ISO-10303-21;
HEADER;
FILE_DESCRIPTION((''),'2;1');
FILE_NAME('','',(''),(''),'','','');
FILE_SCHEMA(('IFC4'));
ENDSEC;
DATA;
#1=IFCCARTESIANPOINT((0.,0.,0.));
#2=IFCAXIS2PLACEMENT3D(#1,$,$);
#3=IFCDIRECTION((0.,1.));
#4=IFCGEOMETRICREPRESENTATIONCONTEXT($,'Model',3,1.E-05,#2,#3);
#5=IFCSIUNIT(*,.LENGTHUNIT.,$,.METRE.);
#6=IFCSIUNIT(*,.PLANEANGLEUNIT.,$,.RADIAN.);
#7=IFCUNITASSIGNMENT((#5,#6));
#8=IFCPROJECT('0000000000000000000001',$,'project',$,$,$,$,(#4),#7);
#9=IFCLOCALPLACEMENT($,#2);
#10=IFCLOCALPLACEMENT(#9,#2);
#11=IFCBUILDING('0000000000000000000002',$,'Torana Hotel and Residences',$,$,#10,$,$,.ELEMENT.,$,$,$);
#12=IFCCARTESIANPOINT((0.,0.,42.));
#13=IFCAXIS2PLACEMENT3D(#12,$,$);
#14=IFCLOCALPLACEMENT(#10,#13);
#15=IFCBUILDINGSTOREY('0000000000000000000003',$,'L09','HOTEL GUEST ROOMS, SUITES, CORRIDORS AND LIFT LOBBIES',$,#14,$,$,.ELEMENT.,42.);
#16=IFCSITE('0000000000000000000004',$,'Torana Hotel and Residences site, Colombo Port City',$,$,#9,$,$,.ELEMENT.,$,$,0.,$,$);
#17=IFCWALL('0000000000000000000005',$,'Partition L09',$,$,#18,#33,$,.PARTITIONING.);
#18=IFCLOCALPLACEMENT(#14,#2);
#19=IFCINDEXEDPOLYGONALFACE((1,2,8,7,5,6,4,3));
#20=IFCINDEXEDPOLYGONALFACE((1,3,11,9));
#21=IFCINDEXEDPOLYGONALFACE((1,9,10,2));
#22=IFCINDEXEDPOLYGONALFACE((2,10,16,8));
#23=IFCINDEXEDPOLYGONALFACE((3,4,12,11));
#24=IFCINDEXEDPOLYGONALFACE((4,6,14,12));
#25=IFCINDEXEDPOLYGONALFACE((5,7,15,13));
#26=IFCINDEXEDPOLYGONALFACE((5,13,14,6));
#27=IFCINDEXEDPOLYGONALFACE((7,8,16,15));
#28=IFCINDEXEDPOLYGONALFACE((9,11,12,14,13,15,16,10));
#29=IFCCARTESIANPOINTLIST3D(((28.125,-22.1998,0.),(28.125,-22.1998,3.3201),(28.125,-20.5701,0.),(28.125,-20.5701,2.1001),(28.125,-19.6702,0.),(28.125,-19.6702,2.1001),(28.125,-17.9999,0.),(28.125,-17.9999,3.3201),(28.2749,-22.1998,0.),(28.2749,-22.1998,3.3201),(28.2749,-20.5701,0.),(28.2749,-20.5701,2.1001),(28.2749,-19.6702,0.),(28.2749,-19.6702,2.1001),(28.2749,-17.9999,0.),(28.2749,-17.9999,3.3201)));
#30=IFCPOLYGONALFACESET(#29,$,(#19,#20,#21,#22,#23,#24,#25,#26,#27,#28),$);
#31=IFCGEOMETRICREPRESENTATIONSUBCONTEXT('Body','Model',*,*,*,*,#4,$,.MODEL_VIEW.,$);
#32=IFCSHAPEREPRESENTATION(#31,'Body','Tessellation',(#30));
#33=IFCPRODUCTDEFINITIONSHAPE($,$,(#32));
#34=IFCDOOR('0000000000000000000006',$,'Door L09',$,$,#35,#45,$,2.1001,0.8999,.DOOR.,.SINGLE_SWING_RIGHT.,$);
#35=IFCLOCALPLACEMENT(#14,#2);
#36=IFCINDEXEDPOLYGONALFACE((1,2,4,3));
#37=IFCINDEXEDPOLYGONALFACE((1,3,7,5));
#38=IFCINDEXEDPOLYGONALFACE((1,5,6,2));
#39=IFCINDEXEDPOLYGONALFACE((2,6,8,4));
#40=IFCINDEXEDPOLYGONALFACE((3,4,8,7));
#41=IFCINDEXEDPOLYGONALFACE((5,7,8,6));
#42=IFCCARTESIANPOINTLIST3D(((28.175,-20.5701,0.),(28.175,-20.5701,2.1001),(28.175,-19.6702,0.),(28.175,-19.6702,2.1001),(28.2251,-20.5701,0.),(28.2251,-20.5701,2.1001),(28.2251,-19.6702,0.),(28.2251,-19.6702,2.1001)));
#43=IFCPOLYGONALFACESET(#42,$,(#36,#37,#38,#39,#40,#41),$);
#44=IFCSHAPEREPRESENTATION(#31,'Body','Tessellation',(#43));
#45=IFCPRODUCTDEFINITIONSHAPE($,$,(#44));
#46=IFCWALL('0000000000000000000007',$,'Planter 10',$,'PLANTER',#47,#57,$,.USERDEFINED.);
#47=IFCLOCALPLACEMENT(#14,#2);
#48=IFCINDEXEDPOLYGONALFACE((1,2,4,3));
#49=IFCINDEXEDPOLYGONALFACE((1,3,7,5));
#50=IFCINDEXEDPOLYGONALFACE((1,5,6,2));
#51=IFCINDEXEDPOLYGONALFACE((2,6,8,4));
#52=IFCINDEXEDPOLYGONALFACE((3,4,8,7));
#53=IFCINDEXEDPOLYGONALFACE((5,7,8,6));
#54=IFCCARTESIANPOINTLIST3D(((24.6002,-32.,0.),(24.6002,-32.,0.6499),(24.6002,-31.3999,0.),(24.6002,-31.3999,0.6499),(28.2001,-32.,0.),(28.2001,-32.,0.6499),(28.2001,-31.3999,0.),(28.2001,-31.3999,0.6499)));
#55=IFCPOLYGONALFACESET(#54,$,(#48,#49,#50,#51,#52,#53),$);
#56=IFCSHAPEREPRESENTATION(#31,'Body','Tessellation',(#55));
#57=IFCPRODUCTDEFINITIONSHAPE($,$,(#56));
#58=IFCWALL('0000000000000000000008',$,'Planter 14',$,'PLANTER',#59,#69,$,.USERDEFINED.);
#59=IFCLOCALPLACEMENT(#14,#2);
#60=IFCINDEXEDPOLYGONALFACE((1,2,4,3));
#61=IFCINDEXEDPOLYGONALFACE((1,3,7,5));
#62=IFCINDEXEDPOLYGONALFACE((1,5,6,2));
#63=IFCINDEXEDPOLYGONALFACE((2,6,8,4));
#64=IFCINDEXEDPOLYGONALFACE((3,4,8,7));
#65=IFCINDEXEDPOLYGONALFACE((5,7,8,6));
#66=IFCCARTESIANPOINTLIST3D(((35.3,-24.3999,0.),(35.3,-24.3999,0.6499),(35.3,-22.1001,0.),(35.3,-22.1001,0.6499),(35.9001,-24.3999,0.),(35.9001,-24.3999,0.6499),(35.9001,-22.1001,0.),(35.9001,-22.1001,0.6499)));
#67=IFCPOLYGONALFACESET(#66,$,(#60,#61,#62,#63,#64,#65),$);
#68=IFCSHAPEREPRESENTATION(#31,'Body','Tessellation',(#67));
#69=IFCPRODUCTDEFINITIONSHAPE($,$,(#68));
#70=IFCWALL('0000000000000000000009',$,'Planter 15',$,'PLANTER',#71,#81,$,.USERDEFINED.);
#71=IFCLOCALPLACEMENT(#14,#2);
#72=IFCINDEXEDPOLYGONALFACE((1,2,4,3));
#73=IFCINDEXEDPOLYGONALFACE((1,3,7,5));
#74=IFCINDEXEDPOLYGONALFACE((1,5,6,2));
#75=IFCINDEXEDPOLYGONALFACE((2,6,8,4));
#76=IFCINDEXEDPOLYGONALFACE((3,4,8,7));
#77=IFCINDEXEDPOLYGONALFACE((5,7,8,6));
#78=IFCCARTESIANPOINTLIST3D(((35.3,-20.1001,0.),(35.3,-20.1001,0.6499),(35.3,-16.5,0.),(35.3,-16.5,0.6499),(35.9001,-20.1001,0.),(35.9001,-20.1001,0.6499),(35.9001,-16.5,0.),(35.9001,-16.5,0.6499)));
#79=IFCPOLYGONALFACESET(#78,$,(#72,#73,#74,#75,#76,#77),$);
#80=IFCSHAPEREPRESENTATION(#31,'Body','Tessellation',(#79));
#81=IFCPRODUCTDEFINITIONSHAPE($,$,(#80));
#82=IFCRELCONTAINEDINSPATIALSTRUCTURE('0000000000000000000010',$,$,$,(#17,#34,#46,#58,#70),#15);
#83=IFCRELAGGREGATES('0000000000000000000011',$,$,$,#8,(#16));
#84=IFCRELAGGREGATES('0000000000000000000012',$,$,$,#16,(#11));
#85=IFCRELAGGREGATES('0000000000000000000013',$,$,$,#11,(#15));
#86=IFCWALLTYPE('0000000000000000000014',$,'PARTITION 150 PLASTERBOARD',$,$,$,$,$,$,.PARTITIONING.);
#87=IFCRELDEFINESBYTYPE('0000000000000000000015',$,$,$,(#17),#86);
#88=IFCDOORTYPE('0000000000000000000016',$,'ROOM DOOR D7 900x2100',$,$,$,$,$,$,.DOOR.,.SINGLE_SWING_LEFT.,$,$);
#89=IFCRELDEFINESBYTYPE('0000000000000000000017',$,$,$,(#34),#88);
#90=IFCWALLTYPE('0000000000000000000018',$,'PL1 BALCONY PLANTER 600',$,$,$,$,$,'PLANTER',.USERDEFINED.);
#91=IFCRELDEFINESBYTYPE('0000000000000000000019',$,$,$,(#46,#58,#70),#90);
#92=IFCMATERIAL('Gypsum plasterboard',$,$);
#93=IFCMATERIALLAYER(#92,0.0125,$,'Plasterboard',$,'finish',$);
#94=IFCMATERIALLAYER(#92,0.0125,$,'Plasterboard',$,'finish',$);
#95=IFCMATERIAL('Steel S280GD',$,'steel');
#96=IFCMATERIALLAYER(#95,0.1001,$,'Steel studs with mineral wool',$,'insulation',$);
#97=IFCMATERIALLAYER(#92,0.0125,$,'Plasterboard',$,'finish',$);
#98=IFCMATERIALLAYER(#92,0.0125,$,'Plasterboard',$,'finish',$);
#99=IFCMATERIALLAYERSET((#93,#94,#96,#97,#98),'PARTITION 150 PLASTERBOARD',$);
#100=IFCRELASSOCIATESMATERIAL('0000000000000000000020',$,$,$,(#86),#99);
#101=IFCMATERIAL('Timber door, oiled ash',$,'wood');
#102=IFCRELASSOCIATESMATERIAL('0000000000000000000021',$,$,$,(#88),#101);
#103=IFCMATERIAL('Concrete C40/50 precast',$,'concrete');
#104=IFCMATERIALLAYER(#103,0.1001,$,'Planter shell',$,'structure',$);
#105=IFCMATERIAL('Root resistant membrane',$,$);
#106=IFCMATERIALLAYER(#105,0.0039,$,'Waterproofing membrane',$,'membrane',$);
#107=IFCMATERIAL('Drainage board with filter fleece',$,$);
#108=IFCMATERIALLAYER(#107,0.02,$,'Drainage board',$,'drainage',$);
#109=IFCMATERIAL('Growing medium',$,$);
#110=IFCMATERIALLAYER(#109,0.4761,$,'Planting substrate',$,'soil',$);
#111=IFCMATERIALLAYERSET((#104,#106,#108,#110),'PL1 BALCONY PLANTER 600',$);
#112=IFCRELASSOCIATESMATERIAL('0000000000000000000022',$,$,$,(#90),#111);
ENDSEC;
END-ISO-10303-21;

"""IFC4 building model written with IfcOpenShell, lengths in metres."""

from ifc_helpers import new_model, si_unit, direction, frame, frame_2d, origin, place, context, subcontext, project, spatial, rectangle, extrude, material, layer, layer_set, type_object, element, fill, save


model = new_model("IFC4")

# Units and contexts
model_context = context("Model", 3, precision=1e-05, world=origin(), true_north=direction((0.0, 1.0)))
body_context = subcontext(model_context, "Body", "Model", "MODEL_VIEW")
ifc_project = project(units=[si_unit("LENGTHUNIT", "METRE"), si_unit("PLANEANGLEUNIT", "RADIAN")], contexts=[model_context])

# Site, building, storey
site_placement = place(None, origin())
site = spatial("IfcSite", under=ifc_project, at=site_placement, Name="Torana Hotel and Residences site, Colombo Port City", CompositionType="ELEMENT", RefElevation=0.0)
building_placement = place(site_placement, origin())
building = spatial("IfcBuilding", under=site, at=building_placement, Name="Torana Hotel and Residences", CompositionType="ELEMENT")
storey_placement = place(building_placement, frame((0.0, 0.0, 42.0)))
storey = spatial("IfcBuildingStorey", under=building, at=storey_placement, Name="L09", Description="HOTEL GUEST ROOMS, SUITES, CORRIDORS AND LIFT LOBBIES", CompositionType="ELEMENT", Elevation=42.0)

# Shared definitions
ifc_material_1 = material(Name="Steel S280GD", Category="steel")

# Wall, opening, door
ifc_material_2 = material(Name="Gypsum plasterboard")
ifc_layer_1 = layer(ifc_material_2, 0.0125, Name="Plasterboard", Category="finish")
ifc_layer_2 = layer(ifc_material_2, 0.0125, Name="Plasterboard", Category="finish")
ifc_layer_3 = layer(ifc_material_1, 0.1001, Name="Steel studs with mineral wool", Category="insulation")
ifc_layer_4 = layer(ifc_material_2, 0.0125, Name="Plasterboard", Category="finish")
ifc_layer_5 = layer(ifc_material_2, 0.0125, Name="Plasterboard", Category="finish")
ifc_layer_set_1 = layer_set([ifc_layer_1, ifc_layer_2, ifc_layer_3, ifc_layer_4, ifc_layer_5], Name="PARTITION 150 PLASTERBOARD")
wall_type_1 = type_object("IfcWallType", Name="PARTITION 150 PLASTERBOARD", PredefinedType="PARTITIONING", material=ifc_layer_set_1)
wall_1_placement = place(storey_placement, frame((28.2, -22.2, 0.0), z_axis=(0.0, 0.0, 1.0), x_axis=(0.0, 1.0, 0.0)))
wall_1 = element("IfcWall", 1, at=wall_1_placement, inside=storey, type_object=wall_type_1, Name="Partition L09", PredefinedType="PARTITIONING", context=body_context, shape_type="SweptSolid", body=[
    extrude(rectangle(XDim=4.2, YDim=0.1499, at=frame_2d((2.1001, 0.0))), origin(), (0.0, 0.0, 1.0), 3.3201),
])
opening_1_placement = place(wall_1_placement, frame((1.6299, 0.0, 0.0)))
opening_1 = element("IfcOpeningElement", 2, at=opening_1_placement, cuts=wall_1, PredefinedType="OPENING", context=body_context, shape_type="SweptSolid", body=[
    extrude(rectangle(XDim=0.8999, YDim=2.1001, at=frame_2d((0.45, 1.05))), frame((0.0, 0.085, 0.0), z_axis=(0.0, -1.0, 0.0), x_axis=(1.0, 0.0, 0.0)), (0.0, 0.0, 1.0), 0.1699),
])
ifc_material_3 = material(Name="Timber door, oiled ash", Category="wood")
door_type_1 = type_object("IfcDoorType", Name="ROOM DOOR D7 900x2100", OperationType="SINGLE_SWING_LEFT", PredefinedType="DOOR", material=ifc_material_3)
door_1_placement = place(opening_1_placement, origin())
door_1 = element("IfcDoor", 3, at=door_1_placement, inside=storey, type_object=door_type_1, Name="Door L09", OperationType="SINGLE_SWING_RIGHT", OverallHeight=2.1001, OverallWidth=0.8999, PredefinedType="DOOR", context=body_context, shape_type="SweptSolid", body=[
    extrude(rectangle(XDim=0.8999, YDim=2.1001, at=frame_2d((0.45, 1.05))), frame((0.0, 0.0249, 0.0), z_axis=(0.0, -1.0, 0.0), x_axis=(1.0, 0.0, 0.0)), (0.0, 0.0, 1.0), 0.05),
])
fill(opening_1, door_1)

# Walls
ifc_material_4 = material(Name="Concrete C40/50 precast", Category="concrete")
ifc_layer_6 = layer(ifc_material_4, 0.1001, Name="Planter shell", Category="structure")
ifc_material_5 = material(Name="Root resistant membrane")
ifc_layer_7 = layer(ifc_material_5, 0.0039, Name="Waterproofing membrane", Category="membrane")
ifc_material_6 = material(Name="Drainage board with filter fleece")
ifc_layer_8 = layer(ifc_material_6, 0.02, Name="Drainage board", Category="drainage")
ifc_material_7 = material(Name="Growing medium")
ifc_layer_9 = layer(ifc_material_7, 0.4761, Name="Planting substrate", Category="soil")
ifc_layer_set_2 = layer_set([ifc_layer_6, ifc_layer_7, ifc_layer_8, ifc_layer_9], Name="PL1 BALCONY PLANTER 600")
wall_type_2 = type_object("IfcWallType", Name="PL1 BALCONY PLANTER 600", ElementType="PLANTER", PredefinedType="USERDEFINED", material=ifc_layer_set_2)
wall_2_placement = place(storey_placement, frame((28.2, -31.7, 0.0), z_axis=(0.0, 0.0, 1.0), x_axis=(-1.0, 0.0, 0.0)))
element("IfcWall", 4, at=wall_2_placement, inside=storey, type_object=wall_type_2, Name="Planter 10", ObjectType="PLANTER", PredefinedType="USERDEFINED", context=body_context, shape_type="SweptSolid", body=[
    extrude(rectangle(XDim=3.5999, YDim=0.6001, at=frame_2d((1.7998, 0.0))), origin(), (0.0, 0.0, 1.0), 0.6499),
])
wall_3_placement = place(storey_placement, frame((35.6001, -22.1001, 0.0), z_axis=(0.0, 0.0, 1.0), x_axis=(0.0, -1.0, 0.0)))
element("IfcWall", 5, at=wall_3_placement, inside=storey, type_object=wall_type_2, Name="Planter 14", ObjectType="PLANTER", PredefinedType="USERDEFINED", context=body_context, shape_type="SweptSolid", body=[
    extrude(rectangle(XDim=2.2998, YDim=0.6001, at=frame_2d((1.1499, 0.0))), origin(), (0.0, 0.0, 1.0), 0.6499),
])
wall_4_placement = place(storey_placement, frame((35.6001, -16.5, 0.0), z_axis=(0.0, 0.0, 1.0), x_axis=(0.0, -1.0, 0.0)))
element("IfcWall", 6, at=wall_4_placement, inside=storey, type_object=wall_type_2, Name="Planter 15", ObjectType="PLANTER", PredefinedType="USERDEFINED", context=body_context, shape_type="SweptSolid", body=[
    extrude(rectangle(XDim=3.6001, YDim=0.6001, at=frame_2d((1.8, 0.0))), origin(), (0.0, 0.0, 1.0), 0.6499),
])

save(model, "model.ifc")
